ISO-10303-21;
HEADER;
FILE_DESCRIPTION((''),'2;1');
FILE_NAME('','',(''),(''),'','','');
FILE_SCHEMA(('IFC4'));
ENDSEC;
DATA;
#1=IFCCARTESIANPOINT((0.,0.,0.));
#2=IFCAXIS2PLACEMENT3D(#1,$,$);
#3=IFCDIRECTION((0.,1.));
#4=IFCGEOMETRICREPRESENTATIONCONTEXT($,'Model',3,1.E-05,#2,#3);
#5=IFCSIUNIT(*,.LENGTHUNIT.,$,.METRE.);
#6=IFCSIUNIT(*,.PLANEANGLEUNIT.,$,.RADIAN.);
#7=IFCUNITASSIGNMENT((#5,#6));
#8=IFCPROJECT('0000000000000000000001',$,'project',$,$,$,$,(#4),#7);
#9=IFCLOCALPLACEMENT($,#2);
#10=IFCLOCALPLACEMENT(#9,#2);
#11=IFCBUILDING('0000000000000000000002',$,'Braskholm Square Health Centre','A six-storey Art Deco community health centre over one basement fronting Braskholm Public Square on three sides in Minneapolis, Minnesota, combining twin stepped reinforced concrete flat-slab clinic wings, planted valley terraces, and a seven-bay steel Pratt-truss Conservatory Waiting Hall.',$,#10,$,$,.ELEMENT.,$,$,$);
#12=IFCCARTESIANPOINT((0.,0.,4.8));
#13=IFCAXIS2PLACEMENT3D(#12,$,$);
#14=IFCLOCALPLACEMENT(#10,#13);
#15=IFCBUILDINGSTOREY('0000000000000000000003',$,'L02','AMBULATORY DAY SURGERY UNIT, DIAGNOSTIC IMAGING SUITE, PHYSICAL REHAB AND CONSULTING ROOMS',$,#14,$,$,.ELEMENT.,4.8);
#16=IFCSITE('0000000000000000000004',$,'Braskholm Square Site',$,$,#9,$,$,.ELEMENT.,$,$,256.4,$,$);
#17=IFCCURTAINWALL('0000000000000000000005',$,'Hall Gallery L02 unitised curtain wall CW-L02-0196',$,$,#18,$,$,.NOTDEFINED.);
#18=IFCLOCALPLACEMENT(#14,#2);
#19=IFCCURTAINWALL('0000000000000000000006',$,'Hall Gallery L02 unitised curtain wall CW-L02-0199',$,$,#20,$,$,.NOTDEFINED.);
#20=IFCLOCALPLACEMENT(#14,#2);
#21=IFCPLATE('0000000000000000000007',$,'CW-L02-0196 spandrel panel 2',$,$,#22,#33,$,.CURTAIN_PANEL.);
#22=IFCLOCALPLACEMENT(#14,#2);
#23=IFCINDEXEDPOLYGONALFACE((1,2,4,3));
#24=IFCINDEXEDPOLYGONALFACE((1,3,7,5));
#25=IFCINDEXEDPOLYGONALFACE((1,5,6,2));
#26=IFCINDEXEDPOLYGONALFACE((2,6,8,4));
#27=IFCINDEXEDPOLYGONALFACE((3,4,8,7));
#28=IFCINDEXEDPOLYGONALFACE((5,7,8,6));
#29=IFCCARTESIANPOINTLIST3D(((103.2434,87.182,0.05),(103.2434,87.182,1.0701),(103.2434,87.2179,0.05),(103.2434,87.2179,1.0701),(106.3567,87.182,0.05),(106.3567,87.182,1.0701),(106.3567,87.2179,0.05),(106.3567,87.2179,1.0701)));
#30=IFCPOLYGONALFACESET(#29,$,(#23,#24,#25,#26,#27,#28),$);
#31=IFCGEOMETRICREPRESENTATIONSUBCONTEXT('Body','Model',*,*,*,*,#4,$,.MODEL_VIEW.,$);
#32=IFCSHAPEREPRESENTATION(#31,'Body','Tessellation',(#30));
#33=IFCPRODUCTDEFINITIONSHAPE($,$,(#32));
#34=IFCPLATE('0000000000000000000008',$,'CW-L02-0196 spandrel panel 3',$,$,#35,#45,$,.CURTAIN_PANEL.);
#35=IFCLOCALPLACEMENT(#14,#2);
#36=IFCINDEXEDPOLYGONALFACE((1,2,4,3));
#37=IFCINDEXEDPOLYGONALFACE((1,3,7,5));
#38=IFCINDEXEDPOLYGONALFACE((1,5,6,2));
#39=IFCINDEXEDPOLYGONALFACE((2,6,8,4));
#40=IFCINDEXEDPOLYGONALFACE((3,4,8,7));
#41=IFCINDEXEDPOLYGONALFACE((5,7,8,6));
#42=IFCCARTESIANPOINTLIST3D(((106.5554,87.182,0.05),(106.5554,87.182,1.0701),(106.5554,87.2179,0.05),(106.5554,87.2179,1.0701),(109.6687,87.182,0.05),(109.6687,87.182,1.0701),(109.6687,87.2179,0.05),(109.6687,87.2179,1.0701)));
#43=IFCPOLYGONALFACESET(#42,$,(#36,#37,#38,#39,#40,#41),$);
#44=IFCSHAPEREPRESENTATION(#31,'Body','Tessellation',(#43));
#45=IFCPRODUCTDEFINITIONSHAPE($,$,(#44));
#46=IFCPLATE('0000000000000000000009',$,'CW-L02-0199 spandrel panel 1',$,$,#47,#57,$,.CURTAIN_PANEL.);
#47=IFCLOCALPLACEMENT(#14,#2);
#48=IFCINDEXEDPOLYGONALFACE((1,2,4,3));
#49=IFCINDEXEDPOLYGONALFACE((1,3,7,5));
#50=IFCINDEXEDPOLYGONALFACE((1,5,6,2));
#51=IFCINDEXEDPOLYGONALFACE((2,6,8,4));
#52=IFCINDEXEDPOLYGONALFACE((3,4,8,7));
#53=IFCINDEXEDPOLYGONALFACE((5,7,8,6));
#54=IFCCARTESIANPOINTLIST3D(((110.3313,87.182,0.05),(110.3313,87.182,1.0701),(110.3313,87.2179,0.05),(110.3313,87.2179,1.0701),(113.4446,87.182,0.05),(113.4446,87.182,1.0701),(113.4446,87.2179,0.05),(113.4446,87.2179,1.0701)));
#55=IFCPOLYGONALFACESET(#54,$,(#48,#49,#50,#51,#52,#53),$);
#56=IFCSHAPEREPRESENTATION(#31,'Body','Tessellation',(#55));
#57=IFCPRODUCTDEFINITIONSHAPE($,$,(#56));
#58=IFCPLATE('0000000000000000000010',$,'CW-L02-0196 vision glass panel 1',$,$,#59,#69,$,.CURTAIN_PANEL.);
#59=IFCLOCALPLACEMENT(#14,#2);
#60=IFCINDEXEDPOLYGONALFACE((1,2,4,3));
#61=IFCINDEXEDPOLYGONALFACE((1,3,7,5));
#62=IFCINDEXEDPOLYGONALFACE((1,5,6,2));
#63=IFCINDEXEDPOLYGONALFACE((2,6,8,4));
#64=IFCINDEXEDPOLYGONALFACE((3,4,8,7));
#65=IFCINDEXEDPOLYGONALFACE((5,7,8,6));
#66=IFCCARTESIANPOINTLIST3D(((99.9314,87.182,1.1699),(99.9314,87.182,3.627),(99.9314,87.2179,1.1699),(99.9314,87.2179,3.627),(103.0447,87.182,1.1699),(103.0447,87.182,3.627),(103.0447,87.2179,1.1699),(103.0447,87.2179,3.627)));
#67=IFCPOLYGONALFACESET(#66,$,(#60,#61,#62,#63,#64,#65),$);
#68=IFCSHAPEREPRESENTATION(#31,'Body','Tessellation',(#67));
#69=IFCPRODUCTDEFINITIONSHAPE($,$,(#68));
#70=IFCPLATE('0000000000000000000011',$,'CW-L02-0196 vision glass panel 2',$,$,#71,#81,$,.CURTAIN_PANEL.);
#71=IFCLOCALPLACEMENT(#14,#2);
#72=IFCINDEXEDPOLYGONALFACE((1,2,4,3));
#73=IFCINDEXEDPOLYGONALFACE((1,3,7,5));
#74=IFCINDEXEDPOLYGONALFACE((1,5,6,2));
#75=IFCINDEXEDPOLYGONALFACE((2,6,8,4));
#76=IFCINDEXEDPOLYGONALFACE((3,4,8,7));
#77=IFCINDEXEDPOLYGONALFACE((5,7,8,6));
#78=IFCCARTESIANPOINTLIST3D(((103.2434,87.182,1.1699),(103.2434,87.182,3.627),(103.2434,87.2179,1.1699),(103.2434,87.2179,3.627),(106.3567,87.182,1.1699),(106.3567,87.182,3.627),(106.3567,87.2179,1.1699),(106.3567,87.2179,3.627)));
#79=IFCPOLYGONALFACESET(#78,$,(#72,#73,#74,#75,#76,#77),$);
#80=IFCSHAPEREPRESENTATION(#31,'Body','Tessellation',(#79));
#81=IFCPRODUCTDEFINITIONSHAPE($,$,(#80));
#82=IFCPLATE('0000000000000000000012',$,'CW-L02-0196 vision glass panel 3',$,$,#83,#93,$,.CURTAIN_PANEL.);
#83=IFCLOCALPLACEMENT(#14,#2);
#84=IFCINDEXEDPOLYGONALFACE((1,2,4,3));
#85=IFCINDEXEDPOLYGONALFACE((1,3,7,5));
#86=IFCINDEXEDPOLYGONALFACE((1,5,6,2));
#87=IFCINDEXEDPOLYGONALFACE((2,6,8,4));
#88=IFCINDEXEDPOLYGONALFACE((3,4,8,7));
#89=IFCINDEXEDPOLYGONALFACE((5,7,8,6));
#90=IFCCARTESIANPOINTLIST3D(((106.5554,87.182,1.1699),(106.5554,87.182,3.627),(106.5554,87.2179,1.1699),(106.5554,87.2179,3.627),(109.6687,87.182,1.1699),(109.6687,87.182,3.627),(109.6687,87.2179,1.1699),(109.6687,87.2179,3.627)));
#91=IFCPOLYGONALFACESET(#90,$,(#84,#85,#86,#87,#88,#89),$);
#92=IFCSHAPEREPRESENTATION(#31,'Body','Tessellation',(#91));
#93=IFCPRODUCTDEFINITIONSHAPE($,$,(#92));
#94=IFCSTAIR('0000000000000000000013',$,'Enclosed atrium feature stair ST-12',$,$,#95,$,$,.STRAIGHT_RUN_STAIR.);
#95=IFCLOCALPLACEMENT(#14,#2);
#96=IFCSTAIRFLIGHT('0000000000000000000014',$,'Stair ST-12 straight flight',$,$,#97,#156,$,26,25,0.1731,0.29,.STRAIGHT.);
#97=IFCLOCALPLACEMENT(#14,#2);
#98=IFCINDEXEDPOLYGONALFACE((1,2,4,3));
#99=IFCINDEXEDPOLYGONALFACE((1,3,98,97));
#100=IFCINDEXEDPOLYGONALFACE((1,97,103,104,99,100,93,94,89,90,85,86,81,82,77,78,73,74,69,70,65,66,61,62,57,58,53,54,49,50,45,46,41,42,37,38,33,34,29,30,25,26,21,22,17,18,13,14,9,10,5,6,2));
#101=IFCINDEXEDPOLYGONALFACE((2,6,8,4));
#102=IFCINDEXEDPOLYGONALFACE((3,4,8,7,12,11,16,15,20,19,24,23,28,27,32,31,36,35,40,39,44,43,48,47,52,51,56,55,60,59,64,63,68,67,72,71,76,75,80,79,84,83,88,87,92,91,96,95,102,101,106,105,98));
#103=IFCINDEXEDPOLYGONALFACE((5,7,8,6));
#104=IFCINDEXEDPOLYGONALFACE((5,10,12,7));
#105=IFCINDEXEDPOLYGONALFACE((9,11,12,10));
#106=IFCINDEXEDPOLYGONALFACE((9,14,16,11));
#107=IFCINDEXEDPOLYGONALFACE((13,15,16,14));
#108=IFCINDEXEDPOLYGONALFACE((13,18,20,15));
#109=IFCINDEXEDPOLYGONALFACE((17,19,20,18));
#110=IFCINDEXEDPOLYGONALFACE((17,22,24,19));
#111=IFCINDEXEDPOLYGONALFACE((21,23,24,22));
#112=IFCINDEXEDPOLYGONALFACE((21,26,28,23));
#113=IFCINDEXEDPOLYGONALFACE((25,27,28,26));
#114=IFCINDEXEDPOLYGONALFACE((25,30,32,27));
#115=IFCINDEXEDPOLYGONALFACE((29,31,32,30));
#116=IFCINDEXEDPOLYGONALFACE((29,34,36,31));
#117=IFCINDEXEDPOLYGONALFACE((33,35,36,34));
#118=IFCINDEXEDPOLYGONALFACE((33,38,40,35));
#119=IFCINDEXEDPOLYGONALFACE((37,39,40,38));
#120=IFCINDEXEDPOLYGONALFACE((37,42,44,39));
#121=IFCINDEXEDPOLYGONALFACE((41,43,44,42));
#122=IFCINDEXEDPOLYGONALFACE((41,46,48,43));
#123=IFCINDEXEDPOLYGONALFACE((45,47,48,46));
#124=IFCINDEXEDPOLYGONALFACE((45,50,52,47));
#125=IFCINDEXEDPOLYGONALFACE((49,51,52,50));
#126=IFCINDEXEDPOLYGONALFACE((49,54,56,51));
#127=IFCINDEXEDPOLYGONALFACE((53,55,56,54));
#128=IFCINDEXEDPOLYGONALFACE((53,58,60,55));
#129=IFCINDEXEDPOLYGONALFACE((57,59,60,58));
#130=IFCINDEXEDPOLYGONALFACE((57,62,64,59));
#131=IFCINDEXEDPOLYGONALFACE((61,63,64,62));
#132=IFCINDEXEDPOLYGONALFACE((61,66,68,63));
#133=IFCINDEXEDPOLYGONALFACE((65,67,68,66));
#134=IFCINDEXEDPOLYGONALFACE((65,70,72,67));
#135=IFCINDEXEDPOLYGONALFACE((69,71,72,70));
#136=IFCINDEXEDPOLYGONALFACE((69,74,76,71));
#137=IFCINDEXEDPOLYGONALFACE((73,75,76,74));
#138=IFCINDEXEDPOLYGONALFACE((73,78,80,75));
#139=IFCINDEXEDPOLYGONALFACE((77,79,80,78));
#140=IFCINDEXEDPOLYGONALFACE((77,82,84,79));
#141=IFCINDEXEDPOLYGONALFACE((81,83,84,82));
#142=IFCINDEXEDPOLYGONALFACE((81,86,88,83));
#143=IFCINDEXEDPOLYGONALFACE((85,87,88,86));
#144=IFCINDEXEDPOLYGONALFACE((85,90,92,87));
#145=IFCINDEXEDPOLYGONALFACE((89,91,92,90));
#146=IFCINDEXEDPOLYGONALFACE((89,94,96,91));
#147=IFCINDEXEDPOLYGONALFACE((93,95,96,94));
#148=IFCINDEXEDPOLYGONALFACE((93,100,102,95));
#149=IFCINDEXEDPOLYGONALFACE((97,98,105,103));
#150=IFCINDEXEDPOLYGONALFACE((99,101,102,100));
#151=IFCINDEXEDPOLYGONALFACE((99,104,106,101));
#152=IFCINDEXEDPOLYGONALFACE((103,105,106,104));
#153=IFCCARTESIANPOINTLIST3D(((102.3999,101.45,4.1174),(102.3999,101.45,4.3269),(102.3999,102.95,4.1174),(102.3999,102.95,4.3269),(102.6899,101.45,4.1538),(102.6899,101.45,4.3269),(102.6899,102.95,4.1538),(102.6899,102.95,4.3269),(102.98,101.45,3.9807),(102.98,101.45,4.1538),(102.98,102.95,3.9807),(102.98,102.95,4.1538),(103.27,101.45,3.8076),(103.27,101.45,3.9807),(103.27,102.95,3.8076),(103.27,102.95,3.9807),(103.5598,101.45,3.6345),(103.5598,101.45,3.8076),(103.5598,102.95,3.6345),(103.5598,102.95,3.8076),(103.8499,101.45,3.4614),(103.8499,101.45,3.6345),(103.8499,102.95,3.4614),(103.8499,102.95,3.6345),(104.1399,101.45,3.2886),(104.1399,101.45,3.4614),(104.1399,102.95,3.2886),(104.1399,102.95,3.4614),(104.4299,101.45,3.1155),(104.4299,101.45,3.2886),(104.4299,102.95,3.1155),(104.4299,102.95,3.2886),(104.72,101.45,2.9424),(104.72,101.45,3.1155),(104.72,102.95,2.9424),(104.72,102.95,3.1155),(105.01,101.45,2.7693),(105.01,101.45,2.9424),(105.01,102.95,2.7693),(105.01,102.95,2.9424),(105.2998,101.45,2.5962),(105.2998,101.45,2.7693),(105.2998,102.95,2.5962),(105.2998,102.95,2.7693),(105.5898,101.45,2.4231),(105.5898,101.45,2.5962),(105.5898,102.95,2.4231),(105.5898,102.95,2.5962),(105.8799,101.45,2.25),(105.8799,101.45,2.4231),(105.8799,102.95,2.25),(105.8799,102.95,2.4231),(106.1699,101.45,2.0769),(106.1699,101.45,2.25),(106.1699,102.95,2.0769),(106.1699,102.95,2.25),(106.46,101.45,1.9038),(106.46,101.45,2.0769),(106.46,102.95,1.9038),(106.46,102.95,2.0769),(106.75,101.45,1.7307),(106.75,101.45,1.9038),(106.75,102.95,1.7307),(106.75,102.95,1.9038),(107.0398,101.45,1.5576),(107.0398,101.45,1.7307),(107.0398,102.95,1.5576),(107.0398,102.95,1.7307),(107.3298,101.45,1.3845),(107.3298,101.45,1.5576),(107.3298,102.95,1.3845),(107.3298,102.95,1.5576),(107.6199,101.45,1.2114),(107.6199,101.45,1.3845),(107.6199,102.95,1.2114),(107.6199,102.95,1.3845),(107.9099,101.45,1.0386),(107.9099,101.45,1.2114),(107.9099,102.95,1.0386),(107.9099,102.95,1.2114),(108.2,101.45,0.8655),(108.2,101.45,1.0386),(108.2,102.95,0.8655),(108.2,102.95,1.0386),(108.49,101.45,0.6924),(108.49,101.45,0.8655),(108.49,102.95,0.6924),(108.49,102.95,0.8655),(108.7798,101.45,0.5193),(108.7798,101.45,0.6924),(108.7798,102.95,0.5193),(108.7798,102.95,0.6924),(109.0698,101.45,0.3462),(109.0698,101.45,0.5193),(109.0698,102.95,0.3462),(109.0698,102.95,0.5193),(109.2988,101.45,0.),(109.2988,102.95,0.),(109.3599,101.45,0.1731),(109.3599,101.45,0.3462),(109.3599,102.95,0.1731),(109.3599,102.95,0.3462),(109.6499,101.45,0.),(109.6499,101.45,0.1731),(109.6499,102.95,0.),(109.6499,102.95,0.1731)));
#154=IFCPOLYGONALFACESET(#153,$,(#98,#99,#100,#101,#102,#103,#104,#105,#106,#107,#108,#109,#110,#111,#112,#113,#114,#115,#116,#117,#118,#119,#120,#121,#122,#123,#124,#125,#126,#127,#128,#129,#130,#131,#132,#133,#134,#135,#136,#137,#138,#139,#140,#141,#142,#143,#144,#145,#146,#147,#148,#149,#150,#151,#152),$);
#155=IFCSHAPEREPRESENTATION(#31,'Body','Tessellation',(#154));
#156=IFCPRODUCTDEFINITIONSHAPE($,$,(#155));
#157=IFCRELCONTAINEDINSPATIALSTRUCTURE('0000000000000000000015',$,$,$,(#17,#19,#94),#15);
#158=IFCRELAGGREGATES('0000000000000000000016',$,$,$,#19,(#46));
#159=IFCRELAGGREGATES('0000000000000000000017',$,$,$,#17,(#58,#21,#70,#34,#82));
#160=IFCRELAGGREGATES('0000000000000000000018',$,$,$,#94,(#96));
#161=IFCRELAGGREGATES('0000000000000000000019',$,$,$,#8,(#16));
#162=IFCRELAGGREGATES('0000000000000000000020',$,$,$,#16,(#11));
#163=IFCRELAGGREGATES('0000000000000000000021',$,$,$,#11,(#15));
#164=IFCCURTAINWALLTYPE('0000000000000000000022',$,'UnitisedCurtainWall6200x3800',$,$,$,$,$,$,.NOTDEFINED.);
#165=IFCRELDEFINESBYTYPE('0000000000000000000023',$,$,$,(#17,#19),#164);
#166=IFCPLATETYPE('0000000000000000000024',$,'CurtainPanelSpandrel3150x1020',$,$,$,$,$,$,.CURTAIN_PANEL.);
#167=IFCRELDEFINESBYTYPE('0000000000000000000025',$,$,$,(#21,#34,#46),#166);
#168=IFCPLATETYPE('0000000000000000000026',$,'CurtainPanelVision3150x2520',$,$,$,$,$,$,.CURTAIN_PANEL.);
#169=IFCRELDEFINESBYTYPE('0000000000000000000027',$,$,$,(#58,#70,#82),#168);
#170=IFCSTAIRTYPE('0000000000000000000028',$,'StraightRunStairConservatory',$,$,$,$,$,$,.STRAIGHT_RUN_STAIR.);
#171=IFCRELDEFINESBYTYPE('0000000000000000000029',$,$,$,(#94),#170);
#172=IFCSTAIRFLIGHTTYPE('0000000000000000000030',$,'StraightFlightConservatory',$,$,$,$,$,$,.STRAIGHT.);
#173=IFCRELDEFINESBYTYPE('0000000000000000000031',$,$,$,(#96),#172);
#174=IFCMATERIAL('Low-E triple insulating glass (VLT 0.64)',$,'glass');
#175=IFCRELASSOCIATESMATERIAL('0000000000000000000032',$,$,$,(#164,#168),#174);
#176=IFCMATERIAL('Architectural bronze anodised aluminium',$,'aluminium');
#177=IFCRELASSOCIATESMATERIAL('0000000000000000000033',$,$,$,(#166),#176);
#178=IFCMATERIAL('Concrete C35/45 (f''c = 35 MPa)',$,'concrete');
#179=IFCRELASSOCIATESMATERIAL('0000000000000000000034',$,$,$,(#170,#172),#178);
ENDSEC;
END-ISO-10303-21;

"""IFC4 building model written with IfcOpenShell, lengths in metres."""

from ifc_helpers import new_model, si_unit, direction, frame, origin, origin_2d, place, context, subcontext, project, spatial, polyline, rectangle, outline, extrude, material, type_object, element, aggregate, save


model = new_model("IFC4")

# Units and contexts
model_context = context("Model", 3, precision=1e-05, world=origin(), true_north=direction((0.0, 1.0)))
body_context = subcontext(model_context, "Body", "Model", "MODEL_VIEW")
ifc_project = project(units=[si_unit("LENGTHUNIT", "METRE"), si_unit("PLANEANGLEUNIT", "RADIAN")], contexts=[model_context])

# Site, building, storey
site_placement = place(None, origin())
site = spatial("IfcSite", under=ifc_project, at=site_placement, Name="Braskholm Square Site", CompositionType="ELEMENT", RefElevation=256.4)
building_placement = place(site_placement, origin())
building = spatial("IfcBuilding", under=site, at=building_placement, Name="Braskholm Square Health Centre", Description="A six-storey Art Deco community health centre over one basement fronting Braskholm Public Square on three sides in Minneapolis, Minnesota, combining twin stepped reinforced concrete flat-slab clinic wings, planted valley terraces, and a seven-bay steel Pratt-truss Conservatory Waiting Hall.", CompositionType="ELEMENT")
storey_placement = place(building_placement, frame((0.0, 0.0, 4.8)))
storey = spatial("IfcBuildingStorey", under=building, at=storey_placement, Name="L02", Description="AMBULATORY DAY SURGERY UNIT, DIAGNOSTIC IMAGING SUITE, PHYSICAL REHAB AND CONSULTING ROOMS", CompositionType="ELEMENT", Elevation=4.8)

# Curtain wall
ifc_material_1 = material(Name="Low-E triple insulating glass (VLT 0.64)", Category="glass")
curtain_wall_type = type_object("IfcCurtainWallType", Name="UnitisedCurtainWall6200x3800", PredefinedType="NOTDEFINED", material=ifc_material_1)
curtain_wall_1_placement = place(storey_placement, origin())
curtain_wall_1 = element("IfcCurtainWall", 1, at=curtain_wall_1_placement, inside=storey, type_object=curtain_wall_type, Name="Hall Gallery L02 unitised curtain wall CW-L02-0196", PredefinedType="NOTDEFINED")
ifc_material_2 = material(Name="Architectural bronze anodised aluminium", Category="aluminium")

# Curtain wall
curtain_wall_2_placement = place(storey_placement, origin())
curtain_wall_2 = element("IfcCurtainWall", 2, at=curtain_wall_2_placement, inside=storey, type_object=curtain_wall_type, Name="Hall Gallery L02 unitised curtain wall CW-L02-0199", PredefinedType="NOTDEFINED")

# Plates
plate_type_1 = type_object("IfcPlateType", Name="CurtainPanelSpandrel3150x1020", PredefinedType="CURTAIN_PANEL", material=ifc_material_2)
plate_1_placement = place(storey_placement, frame((104.8, 87.2, 0.05), z_axis=(0.0, 0.0, 1.0), x_axis=(1.0, 0.0, 0.0)))
plate_1 = element("IfcPlate", 3, at=plate_1_placement, type_object=plate_type_1, Name="CW-L02-0196 spandrel panel 2", PredefinedType="CURTAIN_PANEL", context=body_context, shape_type="SweptSolid", body=[
    extrude(rectangle(XDim=3.1133, YDim=0.0359, at=origin_2d()), origin(), (0.0, 0.0, 1.0), 1.02),
])
plate_2_placement = place(storey_placement, frame((108.1121, 87.2, 0.05), z_axis=(0.0, 0.0, 1.0), x_axis=(1.0, 0.0, 0.0)))
plate_2 = element("IfcPlate", 4, at=plate_2_placement, type_object=plate_type_1, Name="CW-L02-0196 spandrel panel 3", PredefinedType="CURTAIN_PANEL", context=body_context, shape_type="SweptSolid", body=[
    extrude(rectangle(XDim=3.1133, YDim=0.0359, at=origin_2d()), origin(), (0.0, 0.0, 1.0), 1.02),
])
plate_3_placement = place(storey_placement, frame((111.8879, 87.2, 0.05), z_axis=(0.0, 0.0, 1.0), x_axis=(1.0, 0.0, 0.0)))
plate_3 = element("IfcPlate", 5, at=plate_3_placement, type_object=plate_type_1, Name="CW-L02-0199 spandrel panel 1", PredefinedType="CURTAIN_PANEL", context=body_context, shape_type="SweptSolid", body=[
    extrude(rectangle(XDim=3.1133, YDim=0.0359, at=origin_2d()), origin(), (0.0, 0.0, 1.0), 1.02),
])
aggregate(curtain_wall_2, [plate_3])
plate_type_2 = type_object("IfcPlateType", Name="CurtainPanelVision3150x2520", PredefinedType="CURTAIN_PANEL", material=ifc_material_1)
plate_4_placement = place(storey_placement, frame((101.488, 87.2, 1.1699), z_axis=(0.0, 0.0, 1.0), x_axis=(1.0, 0.0, 0.0)))
plate_4 = element("IfcPlate", 6, at=plate_4_placement, type_object=plate_type_2, Name="CW-L02-0196 vision glass panel 1", PredefinedType="CURTAIN_PANEL", context=body_context, shape_type="SweptSolid", body=[
    extrude(rectangle(XDim=3.1133, YDim=0.0359, at=origin_2d()), origin(), (0.0, 0.0, 1.0), 2.457),
])
plate_5_placement = place(storey_placement, frame((104.8, 87.2, 1.1699), z_axis=(0.0, 0.0, 1.0), x_axis=(1.0, 0.0, 0.0)))
plate_5 = element("IfcPlate", 7, at=plate_5_placement, type_object=plate_type_2, Name="CW-L02-0196 vision glass panel 2", PredefinedType="CURTAIN_PANEL", context=body_context, shape_type="SweptSolid", body=[
    extrude(rectangle(XDim=3.1133, YDim=0.0359, at=origin_2d()), origin(), (0.0, 0.0, 1.0), 2.457),
])
plate_6_placement = place(storey_placement, frame((108.1121, 87.2, 1.1699), z_axis=(0.0, 0.0, 1.0), x_axis=(1.0, 0.0, 0.0)))
plate_6 = element("IfcPlate", 8, at=plate_6_placement, type_object=plate_type_2, Name="CW-L02-0196 vision glass panel 3", PredefinedType="CURTAIN_PANEL", context=body_context, shape_type="SweptSolid", body=[
    extrude(rectangle(XDim=3.1133, YDim=0.0359, at=origin_2d()), origin(), (0.0, 0.0, 1.0), 2.457),
])
aggregate(curtain_wall_1, [plate_4, plate_1, plate_5, plate_2, plate_6])

# Stair, stair flight
ifc_material_3 = material(Name="Concrete C35/45 (f'c = 35 MPa)", Category="concrete")
stair_type = type_object("IfcStairType", Name="StraightRunStairConservatory", PredefinedType="STRAIGHT_RUN_STAIR", material=ifc_material_3)
stair_placement = place(storey_placement, origin())
stair = element("IfcStair", 9, at=stair_placement, inside=storey, type_object=stair_type, Name="Enclosed atrium feature stair ST-12", PredefinedType="STRAIGHT_RUN_STAIR")
stair_flight_type = type_object("IfcStairFlightType", Name="StraightFlightConservatory", PredefinedType="STRAIGHT", material=ifc_material_3)
stair_flight_placement = place(storey_placement, frame((109.6499, 102.2, 0.0), z_axis=(0.0, 0.0, 1.0), x_axis=(-1.0, 0.0, 0.0)))
stair_flight = element("IfcStairFlight", 10, at=stair_flight_placement, type_object=stair_flight_type, Name="Stair ST-12 straight flight", NumberOfRisers=26, NumberOfTreads=25, PredefinedType="STRAIGHT", RiserHeight=0.1731, TreadLength=0.29, context=body_context, shape_type="SweptSolid", body=[
    extrude(outline(polyline([(0.0, 0.0), (0.0, 0.1731), (0.29, 0.1731), (0.29, 0.3462), (0.5801, 0.3462), (0.5801, 0.5193), (0.8701, 0.5193), (0.8701, 0.6924), (1.1599, 0.6924), (1.1599, 0.8655), (1.45, 0.8655), (1.45, 1.0386), (1.74, 1.0386), (1.74, 1.2114), (2.03, 1.2114), (2.03, 1.3845), (2.3201, 1.3845), (2.3201, 1.5576), (2.6101, 1.5576), (2.6101, 1.7307), (2.8999, 1.7307), (2.8999, 1.9038), (3.1899, 1.9038), (3.1899, 2.0769), (3.48, 2.0769), (3.48, 2.25), (3.77, 2.25), (3.77, 2.4231), (4.0601, 2.4231), (4.0601, 2.5962), (4.3501, 2.5962), (4.3501, 2.7693), (4.6399, 2.7693), (4.6399, 2.9424), (4.9299, 2.9424), (4.9299, 3.1155), (5.22, 3.1155), (5.22, 3.2886), (5.51, 3.2886), (5.51, 3.4614), (5.8, 3.4614), (5.8, 3.6345), (6.0901, 3.6345), (6.0901, 3.8076), (6.3799, 3.8076), (6.3799, 3.9807), (6.6699, 3.9807), (6.6699, 4.1538), (6.96, 4.1538), (6.96, 4.3269), (7.25, 4.3269), (7.25, 4.5), (7.25, 4.1174), (0.3511, 0.0), (0.0, 0.0)])), frame((0.0, 0.75, 0.0), z_axis=(0.0, -1.0, 0.0), x_axis=(1.0, 0.0, 0.0)), (0.0, 0.0, 1.0), 1.5),
])
aggregate(stair, [stair_flight])

save(model, "model.ifc")
